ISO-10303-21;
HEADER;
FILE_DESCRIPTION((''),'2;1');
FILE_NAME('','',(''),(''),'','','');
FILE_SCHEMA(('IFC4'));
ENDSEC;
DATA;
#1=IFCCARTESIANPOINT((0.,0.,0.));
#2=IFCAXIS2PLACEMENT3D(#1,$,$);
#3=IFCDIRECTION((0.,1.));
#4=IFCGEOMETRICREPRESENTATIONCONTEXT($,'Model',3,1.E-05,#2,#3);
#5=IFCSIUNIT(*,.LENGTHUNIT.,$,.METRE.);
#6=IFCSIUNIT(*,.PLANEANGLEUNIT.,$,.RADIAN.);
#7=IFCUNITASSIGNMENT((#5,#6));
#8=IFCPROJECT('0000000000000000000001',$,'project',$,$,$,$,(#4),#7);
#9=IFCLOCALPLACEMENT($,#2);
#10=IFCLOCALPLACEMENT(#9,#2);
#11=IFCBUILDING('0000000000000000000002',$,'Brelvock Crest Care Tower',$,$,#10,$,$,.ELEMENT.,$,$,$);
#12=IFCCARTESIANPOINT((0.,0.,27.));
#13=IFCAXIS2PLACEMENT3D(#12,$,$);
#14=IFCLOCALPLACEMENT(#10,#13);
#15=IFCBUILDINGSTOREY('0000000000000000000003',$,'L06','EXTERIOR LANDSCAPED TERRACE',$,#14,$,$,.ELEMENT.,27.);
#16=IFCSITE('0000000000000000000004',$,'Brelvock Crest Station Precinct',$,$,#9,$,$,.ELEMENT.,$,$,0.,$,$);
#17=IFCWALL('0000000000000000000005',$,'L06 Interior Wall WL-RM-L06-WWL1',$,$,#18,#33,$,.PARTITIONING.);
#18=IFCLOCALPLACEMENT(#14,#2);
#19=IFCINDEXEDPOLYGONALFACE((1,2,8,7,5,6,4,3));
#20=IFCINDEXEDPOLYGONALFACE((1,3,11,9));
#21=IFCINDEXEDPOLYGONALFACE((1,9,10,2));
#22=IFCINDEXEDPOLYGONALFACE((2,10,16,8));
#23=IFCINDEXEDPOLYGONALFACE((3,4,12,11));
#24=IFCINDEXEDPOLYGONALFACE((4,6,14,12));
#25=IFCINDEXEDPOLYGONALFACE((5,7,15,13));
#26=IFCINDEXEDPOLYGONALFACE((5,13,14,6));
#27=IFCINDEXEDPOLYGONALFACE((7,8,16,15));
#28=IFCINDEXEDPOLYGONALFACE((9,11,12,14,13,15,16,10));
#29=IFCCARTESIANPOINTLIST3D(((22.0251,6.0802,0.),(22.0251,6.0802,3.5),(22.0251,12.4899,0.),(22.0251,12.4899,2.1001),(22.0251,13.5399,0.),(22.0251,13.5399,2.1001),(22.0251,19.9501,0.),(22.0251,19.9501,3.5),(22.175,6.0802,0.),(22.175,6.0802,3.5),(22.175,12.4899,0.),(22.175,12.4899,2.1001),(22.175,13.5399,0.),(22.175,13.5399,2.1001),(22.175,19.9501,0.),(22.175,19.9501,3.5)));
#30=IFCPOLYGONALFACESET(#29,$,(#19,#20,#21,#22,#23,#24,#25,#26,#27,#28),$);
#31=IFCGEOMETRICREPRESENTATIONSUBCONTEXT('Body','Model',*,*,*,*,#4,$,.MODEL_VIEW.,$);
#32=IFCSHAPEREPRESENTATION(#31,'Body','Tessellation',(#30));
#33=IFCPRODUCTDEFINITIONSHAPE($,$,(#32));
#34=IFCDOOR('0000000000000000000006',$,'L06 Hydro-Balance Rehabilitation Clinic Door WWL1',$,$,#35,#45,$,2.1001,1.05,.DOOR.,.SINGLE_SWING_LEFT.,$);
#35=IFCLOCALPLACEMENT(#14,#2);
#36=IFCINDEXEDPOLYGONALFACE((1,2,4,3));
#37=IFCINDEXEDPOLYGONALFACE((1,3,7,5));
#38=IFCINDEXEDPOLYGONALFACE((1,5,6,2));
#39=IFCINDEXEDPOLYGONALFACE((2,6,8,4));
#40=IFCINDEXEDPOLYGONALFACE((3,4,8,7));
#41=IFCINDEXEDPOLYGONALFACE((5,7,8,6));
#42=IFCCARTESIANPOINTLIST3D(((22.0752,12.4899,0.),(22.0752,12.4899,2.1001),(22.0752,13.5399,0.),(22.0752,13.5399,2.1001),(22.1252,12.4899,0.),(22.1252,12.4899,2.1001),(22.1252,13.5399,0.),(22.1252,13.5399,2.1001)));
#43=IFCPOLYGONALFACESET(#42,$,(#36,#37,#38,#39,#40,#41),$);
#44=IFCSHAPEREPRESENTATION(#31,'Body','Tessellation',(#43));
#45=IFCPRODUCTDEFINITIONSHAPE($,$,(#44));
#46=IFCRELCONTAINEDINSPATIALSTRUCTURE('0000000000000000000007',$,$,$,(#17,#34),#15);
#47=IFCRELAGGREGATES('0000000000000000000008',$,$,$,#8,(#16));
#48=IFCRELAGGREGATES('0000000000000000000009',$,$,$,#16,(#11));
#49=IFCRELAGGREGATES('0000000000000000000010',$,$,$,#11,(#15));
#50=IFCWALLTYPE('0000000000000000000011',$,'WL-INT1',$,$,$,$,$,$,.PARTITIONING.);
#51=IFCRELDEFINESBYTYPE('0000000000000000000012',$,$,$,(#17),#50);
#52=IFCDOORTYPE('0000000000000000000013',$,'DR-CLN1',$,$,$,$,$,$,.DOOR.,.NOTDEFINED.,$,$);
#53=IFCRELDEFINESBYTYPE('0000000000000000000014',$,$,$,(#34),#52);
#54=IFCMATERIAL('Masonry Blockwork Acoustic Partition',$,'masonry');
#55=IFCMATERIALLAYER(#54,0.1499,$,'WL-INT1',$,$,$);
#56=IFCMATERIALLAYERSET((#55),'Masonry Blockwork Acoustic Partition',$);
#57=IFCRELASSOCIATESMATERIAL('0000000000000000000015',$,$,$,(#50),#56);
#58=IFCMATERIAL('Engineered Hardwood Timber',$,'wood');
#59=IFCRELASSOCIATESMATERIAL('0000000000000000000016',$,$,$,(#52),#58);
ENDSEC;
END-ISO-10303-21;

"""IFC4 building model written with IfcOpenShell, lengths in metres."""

from ifc_helpers import new_model, si_unit, direction, frame, frame_2d, origin, origin_2d, place, context, subcontext, project, spatial, rectangle, extrude, source, transform, mapped, material, layer, layer_set, type_object, element, fill, save


model = new_model("IFC4")

# Units and contexts
model_context = context("Model", 3, precision=1e-05, world=origin(), true_north=direction((0.0, 1.0)))
body_context = subcontext(model_context, "Body", "Model", "MODEL_VIEW")
ifc_project = project(units=[si_unit("LENGTHUNIT", "METRE"), si_unit("PLANEANGLEUNIT", "RADIAN")], contexts=[model_context])

# Site, building, storey
site_placement = place(None, origin())
site = spatial("IfcSite", under=ifc_project, at=site_placement, Name="Brelvock Crest Station Precinct", CompositionType="ELEMENT", RefElevation=0.0)
building_placement = place(site_placement, origin())
building = spatial("IfcBuilding", under=site, at=building_placement, Name="Brelvock Crest Care Tower", CompositionType="ELEMENT")
storey_placement = place(building_placement, frame((0.0, 0.0, 27.0)))
storey = spatial("IfcBuildingStorey", under=building, at=storey_placement, Name="L06", Description="EXTERIOR LANDSCAPED TERRACE", CompositionType="ELEMENT", Elevation=27.0)

# Wall, opening, door
ifc_material_1 = material(Name="Masonry Blockwork Acoustic Partition", Category="masonry")
ifc_layer_1 = layer(ifc_material_1, 0.1499, Name="WL-INT1")
ifc_layer_set_1 = layer_set([ifc_layer_1], Name="Masonry Blockwork Acoustic Partition")
wall_type_1 = type_object("IfcWallType", Name="WL-INT1", PredefinedType="PARTITIONING", material=ifc_layer_set_1)
wall_placement = place(storey_placement, frame((22.1001, 6.0801, 0.0), z_axis=(0.0, 0.0, 1.0), x_axis=(0.0, 1.0, 0.0)))
wall = element("IfcWall", 1, at=wall_placement, inside=storey, type_object=wall_type_1, Name="L06 Interior Wall WL-RM-L06-WWL1", PredefinedType="PARTITIONING", context=body_context, shape_type="SweptSolid", body=[
    extrude(rectangle(XDim=13.8699, YDim=0.1499, at=frame_2d((6.9351, 0.0))), origin(), (0.0, 0.0, 1.0), 3.5),
])
opening_placement = place(wall_placement, frame((6.4099, 0.0, 0.0)))
opening = element("IfcOpeningElement", 2, at=opening_placement, cuts=wall, PredefinedType="OPENING", context=body_context, shape_type="SweptSolid", body=[
    extrude(rectangle(XDim=1.05, YDim=2.1001, at=origin_2d()), frame((0.5249, 0.085, 1.05), z_axis=(0.0, -1.0, 0.0), x_axis=(1.0, 0.0, 0.0)), (0.0, 0.0, 1.0), 0.1699),
])
ifc_material_2 = material(Name="Engineered Hardwood Timber", Category="wood")
door_type = type_object("IfcDoorType", Name="DR-CLN1", OperationType="NOTDEFINED", PredefinedType="DOOR", material=ifc_material_2)
shared_shape_1 = source(origin(), body_context, "Body", "SweptSolid", [
    extrude(rectangle(XDim=1.05, YDim=2.1001, at=origin_2d()), frame((0.5249, 0.0249, 1.05), z_axis=(0.0, -1.0, 0.0), x_axis=(1.0, 0.0, 0.0)), (0.0, 0.0, 1.0), 0.05),
])
door_placement = place(opening_placement, origin())
door = element("IfcDoor", 3, at=door_placement, inside=storey, type_object=door_type, Name="L06 Hydro-Balance Rehabilitation Clinic Door WWL1", OperationType="SINGLE_SWING_LEFT", OverallHeight=2.1001, OverallWidth=1.05, PredefinedType="DOOR", context=body_context, shape_type="MappedRepresentation", body=[
    mapped(shared_shape_1, transform((0.0, 0.0, 0.0), x_axis=(1.0, 0.0, 0.0), y_axis=(0.0, 1.0, 0.0), z_axis=(0.0, 0.0, 1.0), scale=1.0)),
])
fill(opening, door)

save(model, "model.ifc")
